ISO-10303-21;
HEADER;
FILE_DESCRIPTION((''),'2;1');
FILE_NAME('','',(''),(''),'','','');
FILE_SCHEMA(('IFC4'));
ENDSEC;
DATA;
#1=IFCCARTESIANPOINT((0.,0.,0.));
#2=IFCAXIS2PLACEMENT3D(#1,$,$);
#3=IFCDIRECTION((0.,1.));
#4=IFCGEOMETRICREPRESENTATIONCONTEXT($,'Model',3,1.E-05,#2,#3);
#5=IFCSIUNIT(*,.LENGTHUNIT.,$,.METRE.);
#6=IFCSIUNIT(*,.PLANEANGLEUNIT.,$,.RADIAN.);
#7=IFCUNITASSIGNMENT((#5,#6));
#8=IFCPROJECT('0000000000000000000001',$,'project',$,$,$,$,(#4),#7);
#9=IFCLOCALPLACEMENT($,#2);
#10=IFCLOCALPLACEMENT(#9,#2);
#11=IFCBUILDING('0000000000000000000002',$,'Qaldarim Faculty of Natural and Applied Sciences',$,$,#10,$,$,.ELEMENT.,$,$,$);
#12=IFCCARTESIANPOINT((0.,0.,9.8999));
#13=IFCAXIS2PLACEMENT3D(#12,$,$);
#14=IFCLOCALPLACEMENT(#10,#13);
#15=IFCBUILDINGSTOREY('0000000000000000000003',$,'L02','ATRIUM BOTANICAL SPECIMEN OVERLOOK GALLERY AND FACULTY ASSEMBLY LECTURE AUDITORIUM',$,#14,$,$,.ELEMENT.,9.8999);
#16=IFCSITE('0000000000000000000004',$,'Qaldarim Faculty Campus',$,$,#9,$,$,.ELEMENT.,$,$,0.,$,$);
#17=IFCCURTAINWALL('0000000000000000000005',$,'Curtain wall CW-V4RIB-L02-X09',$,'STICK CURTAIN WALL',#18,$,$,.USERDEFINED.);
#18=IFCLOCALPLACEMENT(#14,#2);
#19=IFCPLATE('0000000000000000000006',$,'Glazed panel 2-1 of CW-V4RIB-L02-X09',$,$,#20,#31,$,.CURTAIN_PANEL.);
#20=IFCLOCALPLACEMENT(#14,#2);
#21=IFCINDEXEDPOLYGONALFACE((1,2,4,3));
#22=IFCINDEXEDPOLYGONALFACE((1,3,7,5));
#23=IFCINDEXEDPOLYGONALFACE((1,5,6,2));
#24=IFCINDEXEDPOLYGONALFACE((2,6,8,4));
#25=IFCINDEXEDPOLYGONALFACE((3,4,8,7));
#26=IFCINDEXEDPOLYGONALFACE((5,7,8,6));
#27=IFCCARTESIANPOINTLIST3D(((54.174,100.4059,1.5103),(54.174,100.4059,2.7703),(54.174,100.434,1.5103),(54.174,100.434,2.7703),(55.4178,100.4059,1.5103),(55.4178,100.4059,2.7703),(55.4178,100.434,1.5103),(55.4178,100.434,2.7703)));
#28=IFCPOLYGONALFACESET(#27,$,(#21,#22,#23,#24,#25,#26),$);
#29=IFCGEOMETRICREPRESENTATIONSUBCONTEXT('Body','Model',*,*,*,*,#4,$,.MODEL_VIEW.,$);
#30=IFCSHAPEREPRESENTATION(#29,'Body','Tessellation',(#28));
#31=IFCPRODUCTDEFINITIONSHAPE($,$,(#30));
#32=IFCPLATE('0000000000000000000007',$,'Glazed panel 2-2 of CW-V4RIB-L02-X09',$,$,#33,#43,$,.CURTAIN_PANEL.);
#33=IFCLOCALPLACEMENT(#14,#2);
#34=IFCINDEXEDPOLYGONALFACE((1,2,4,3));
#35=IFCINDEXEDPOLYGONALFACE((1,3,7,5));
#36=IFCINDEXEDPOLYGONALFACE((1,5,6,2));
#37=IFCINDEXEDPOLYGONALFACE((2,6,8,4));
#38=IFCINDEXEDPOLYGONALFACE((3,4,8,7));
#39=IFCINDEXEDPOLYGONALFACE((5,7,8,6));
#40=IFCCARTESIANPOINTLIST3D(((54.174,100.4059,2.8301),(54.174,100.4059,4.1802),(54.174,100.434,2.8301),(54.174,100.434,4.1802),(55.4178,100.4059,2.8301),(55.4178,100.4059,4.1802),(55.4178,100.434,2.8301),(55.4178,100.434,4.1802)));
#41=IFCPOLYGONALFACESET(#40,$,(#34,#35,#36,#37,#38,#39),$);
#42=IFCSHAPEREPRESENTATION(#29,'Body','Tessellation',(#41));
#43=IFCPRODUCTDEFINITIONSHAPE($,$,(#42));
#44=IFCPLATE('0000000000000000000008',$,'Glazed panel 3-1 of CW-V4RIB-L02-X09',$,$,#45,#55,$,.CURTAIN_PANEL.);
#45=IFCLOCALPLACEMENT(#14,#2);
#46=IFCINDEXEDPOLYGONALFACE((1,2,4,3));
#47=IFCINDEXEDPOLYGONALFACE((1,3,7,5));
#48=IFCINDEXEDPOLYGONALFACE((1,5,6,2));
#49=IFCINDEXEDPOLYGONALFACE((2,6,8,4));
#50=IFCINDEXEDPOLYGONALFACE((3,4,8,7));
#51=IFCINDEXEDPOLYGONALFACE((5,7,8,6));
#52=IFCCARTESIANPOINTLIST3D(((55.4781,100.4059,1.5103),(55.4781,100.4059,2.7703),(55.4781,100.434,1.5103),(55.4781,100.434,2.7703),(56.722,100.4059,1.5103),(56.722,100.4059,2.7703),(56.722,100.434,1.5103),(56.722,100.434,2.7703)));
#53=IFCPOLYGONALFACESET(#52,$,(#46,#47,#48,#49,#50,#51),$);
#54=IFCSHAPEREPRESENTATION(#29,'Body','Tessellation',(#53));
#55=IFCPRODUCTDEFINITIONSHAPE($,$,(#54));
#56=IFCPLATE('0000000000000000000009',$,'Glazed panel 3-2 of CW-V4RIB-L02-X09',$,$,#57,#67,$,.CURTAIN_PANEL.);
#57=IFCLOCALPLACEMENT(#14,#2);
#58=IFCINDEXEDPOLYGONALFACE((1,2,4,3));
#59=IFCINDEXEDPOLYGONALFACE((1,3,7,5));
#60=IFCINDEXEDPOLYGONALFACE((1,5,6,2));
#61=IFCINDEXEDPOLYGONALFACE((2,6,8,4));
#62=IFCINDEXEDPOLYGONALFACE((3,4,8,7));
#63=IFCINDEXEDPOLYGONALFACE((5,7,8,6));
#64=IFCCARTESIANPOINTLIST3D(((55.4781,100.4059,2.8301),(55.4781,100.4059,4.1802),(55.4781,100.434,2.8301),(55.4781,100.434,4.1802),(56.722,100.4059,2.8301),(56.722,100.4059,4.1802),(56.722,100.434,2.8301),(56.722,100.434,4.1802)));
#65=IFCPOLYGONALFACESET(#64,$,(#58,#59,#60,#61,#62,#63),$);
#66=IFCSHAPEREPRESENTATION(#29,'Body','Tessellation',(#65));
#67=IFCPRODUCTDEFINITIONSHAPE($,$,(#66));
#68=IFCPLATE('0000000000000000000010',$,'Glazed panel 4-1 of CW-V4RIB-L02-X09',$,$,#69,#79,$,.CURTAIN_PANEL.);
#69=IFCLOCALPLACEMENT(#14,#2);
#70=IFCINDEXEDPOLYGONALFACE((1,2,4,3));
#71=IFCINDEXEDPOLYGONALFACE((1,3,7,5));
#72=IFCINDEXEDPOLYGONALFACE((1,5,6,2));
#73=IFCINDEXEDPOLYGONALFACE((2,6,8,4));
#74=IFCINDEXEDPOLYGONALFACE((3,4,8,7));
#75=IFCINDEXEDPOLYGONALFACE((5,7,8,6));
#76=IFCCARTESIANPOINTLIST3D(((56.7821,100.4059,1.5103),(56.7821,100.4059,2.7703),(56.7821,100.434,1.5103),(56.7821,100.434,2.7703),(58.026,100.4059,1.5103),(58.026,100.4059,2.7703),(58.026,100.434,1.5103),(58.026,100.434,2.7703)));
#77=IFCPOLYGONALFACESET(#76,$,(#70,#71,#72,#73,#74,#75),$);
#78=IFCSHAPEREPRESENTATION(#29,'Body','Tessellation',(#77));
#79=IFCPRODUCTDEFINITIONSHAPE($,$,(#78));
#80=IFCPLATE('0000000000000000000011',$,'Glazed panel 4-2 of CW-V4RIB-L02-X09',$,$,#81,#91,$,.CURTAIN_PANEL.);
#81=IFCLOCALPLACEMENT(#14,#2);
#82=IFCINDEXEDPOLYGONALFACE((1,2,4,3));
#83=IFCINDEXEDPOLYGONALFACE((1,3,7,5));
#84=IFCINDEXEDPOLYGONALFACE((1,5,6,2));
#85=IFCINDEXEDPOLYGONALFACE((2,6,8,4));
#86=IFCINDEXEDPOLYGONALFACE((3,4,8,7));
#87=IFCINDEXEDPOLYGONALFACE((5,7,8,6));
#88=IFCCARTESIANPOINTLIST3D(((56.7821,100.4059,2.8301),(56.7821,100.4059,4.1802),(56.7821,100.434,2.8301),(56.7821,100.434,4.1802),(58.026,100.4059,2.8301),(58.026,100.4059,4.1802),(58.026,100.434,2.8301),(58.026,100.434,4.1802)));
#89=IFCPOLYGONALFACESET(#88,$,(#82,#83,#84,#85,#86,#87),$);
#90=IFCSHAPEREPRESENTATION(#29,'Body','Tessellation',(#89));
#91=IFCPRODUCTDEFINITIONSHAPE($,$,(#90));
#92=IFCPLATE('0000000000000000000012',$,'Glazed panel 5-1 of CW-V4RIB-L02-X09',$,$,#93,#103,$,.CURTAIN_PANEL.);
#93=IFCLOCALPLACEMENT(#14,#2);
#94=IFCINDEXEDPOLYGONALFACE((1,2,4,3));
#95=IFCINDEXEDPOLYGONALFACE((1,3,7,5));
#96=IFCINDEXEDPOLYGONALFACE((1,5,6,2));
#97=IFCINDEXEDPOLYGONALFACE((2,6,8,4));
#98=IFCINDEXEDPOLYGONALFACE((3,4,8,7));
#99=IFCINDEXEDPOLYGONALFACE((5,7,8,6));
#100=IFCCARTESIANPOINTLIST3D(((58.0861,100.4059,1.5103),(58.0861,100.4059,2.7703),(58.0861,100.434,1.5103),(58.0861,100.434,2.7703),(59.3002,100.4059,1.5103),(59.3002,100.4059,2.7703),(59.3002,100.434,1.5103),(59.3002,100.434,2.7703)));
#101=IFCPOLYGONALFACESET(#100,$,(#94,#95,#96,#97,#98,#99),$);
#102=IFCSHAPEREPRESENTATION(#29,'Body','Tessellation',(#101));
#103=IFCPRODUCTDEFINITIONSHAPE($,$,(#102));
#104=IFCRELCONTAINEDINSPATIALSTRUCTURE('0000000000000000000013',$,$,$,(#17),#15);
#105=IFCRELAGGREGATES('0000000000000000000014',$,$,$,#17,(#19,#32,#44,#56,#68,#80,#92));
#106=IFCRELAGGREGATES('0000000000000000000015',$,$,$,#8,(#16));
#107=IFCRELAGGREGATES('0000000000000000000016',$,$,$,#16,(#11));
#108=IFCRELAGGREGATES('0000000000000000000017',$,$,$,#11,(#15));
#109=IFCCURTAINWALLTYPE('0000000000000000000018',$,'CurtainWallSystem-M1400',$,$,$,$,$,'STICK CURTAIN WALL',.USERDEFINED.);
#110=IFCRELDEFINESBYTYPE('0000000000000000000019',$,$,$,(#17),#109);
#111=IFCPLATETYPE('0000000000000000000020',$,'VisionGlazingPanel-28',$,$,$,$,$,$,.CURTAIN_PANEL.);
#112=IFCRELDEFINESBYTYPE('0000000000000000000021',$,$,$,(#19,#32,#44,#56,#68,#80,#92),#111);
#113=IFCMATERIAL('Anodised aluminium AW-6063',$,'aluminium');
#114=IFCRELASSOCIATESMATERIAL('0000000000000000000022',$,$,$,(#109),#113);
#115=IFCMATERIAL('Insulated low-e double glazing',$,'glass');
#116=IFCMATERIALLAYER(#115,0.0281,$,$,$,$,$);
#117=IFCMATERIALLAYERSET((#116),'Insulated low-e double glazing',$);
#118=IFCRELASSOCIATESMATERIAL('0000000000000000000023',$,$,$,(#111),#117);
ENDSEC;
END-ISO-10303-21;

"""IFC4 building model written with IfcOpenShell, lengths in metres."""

from ifc_helpers import new_model, si_unit, direction, frame, origin, origin_2d, place, context, subcontext, project, spatial, rectangle, extrude, material, layer, layer_set, type_object, element, aggregate, save


model = new_model("IFC4")

# Units and contexts
model_context = context("Model", 3, precision=1e-05, world=origin(), true_north=direction((0.0, 1.0)))
body_context = subcontext(model_context, "Body", "Model", "MODEL_VIEW")
ifc_project = project(units=[si_unit("LENGTHUNIT", "METRE"), si_unit("PLANEANGLEUNIT", "RADIAN")], contexts=[model_context])

# Site, building, storey
site_placement = place(None, origin())
site = spatial("IfcSite", under=ifc_project, at=site_placement, Name="Qaldarim Faculty Campus", CompositionType="ELEMENT", RefElevation=0.0)
building_placement = place(site_placement, origin())
building = spatial("IfcBuilding", under=site, at=building_placement, Name="Qaldarim Faculty of Natural and Applied Sciences", CompositionType="ELEMENT")
storey_placement = place(building_placement, frame((0.0, 0.0, 9.8999)))
storey = spatial("IfcBuildingStorey", under=building, at=storey_placement, Name="L02", Description="ATRIUM BOTANICAL SPECIMEN OVERLOOK GALLERY AND FACULTY ASSEMBLY LECTURE AUDITORIUM", CompositionType="ELEMENT", Elevation=9.8999)

# Curtain wall, plates
ifc_material_1 = material(Name="Anodised aluminium AW-6063", Category="aluminium")
curtain_wall_type = type_object("IfcCurtainWallType", Name="CurtainWallSystem-M1400", ElementType="STICK CURTAIN WALL", PredefinedType="USERDEFINED", material=ifc_material_1)
curtain_wall_placement = place(storey_placement, origin())
curtain_wall = element("IfcCurtainWall", 1, at=curtain_wall_placement, inside=storey, type_object=curtain_wall_type, Name="Curtain wall CW-V4RIB-L02-X09", ObjectType="STICK CURTAIN WALL", PredefinedType="USERDEFINED")
ifc_material_2 = material(Name="Insulated low-e double glazing", Category="glass")
ifc_layer = layer(ifc_material_2, 0.0281)
ifc_layer_set = layer_set([ifc_layer], Name="Insulated low-e double glazing")
plate_type = type_object("IfcPlateType", Name="VisionGlazingPanel-28", PredefinedType="CURTAIN_PANEL", material=ifc_layer_set)
plate_1_placement = place(storey_placement, frame((54.7959, 100.4199, 1.5103), z_axis=(0.0, 0.0, 1.0), x_axis=(1.0, 0.0, 0.0)))
plate_1 = element("IfcPlate", 2, at=plate_1_placement, type_object=plate_type, Name="Glazed panel 2-1 of CW-V4RIB-L02-X09", PredefinedType="CURTAIN_PANEL", context=body_context, shape_type="SweptSolid", body=[
    extrude(rectangle(XDim=1.2439, YDim=0.0281, at=origin_2d()), origin(), (0.0, 0.0, 1.0), 1.26),
])
plate_2_placement = place(storey_placement, frame((54.7959, 100.4199, 2.8301), z_axis=(0.0, 0.0, 1.0), x_axis=(1.0, 0.0, 0.0)))
plate_2 = element("IfcPlate", 3, at=plate_2_placement, type_object=plate_type, Name="Glazed panel 2-2 of CW-V4RIB-L02-X09", PredefinedType="CURTAIN_PANEL", context=body_context, shape_type="SweptSolid", body=[
    extrude(rectangle(XDim=1.2439, YDim=0.0281, at=origin_2d()), origin(), (0.0, 0.0, 1.0), 1.3501),
])
plate_3_placement = place(storey_placement, frame((56.1001, 100.4199, 1.5103), z_axis=(0.0, 0.0, 1.0), x_axis=(1.0, 0.0, 0.0)))
plate_3 = element("IfcPlate", 4, at=plate_3_placement, type_object=plate_type, Name="Glazed panel 3-1 of CW-V4RIB-L02-X09", PredefinedType="CURTAIN_PANEL", context=body_context, shape_type="SweptSolid", body=[
    extrude(rectangle(XDim=1.2439, YDim=0.0281, at=origin_2d()), origin(), (0.0, 0.0, 1.0), 1.26),
])
plate_4_placement = place(storey_placement, frame((56.1001, 100.4199, 2.8301), z_axis=(0.0, 0.0, 1.0), x_axis=(1.0, 0.0, 0.0)))
plate_4 = element("IfcPlate", 5, at=plate_4_placement, type_object=plate_type, Name="Glazed panel 3-2 of CW-V4RIB-L02-X09", PredefinedType="CURTAIN_PANEL", context=body_context, shape_type="SweptSolid", body=[
    extrude(rectangle(XDim=1.2439, YDim=0.0281, at=origin_2d()), origin(), (0.0, 0.0, 1.0), 1.3501),
])
plate_5_placement = place(storey_placement, frame((57.4041, 100.4199, 1.5103), z_axis=(0.0, 0.0, 1.0), x_axis=(1.0, 0.0, 0.0)))
plate_5 = element("IfcPlate", 6, at=plate_5_placement, type_object=plate_type, Name="Glazed panel 4-1 of CW-V4RIB-L02-X09", PredefinedType="CURTAIN_PANEL", context=body_context, shape_type="SweptSolid", body=[
    extrude(rectangle(XDim=1.2439, YDim=0.0281, at=origin_2d()), origin(), (0.0, 0.0, 1.0), 1.26),
])
plate_6_placement = place(storey_placement, frame((57.4041, 100.4199, 2.8301), z_axis=(0.0, 0.0, 1.0), x_axis=(1.0, 0.0, 0.0)))
plate_6 = element("IfcPlate", 7, at=plate_6_placement, type_object=plate_type, Name="Glazed panel 4-2 of CW-V4RIB-L02-X09", PredefinedType="CURTAIN_PANEL", context=body_context, shape_type="SweptSolid", body=[
    extrude(rectangle(XDim=1.2439, YDim=0.0281, at=origin_2d()), origin(), (0.0, 0.0, 1.0), 1.3501),
])
plate_7_placement = place(storey_placement, frame((58.6931, 100.4199, 1.5103), z_axis=(0.0, 0.0, 1.0), x_axis=(1.0, 0.0, 0.0)))
plate_7 = element("IfcPlate", 8, at=plate_7_placement, type_object=plate_type, Name="Glazed panel 5-1 of CW-V4RIB-L02-X09", PredefinedType="CURTAIN_PANEL", context=body_context, shape_type="SweptSolid", body=[
    extrude(rectangle(XDim=1.2141, YDim=0.0281, at=origin_2d()), origin(), (0.0, 0.0, 1.0), 1.26),
])
aggregate(curtain_wall, [plate_1, plate_2, plate_3, plate_4, plate_5, plate_6, plate_7])

save(model, "model.ifc")
